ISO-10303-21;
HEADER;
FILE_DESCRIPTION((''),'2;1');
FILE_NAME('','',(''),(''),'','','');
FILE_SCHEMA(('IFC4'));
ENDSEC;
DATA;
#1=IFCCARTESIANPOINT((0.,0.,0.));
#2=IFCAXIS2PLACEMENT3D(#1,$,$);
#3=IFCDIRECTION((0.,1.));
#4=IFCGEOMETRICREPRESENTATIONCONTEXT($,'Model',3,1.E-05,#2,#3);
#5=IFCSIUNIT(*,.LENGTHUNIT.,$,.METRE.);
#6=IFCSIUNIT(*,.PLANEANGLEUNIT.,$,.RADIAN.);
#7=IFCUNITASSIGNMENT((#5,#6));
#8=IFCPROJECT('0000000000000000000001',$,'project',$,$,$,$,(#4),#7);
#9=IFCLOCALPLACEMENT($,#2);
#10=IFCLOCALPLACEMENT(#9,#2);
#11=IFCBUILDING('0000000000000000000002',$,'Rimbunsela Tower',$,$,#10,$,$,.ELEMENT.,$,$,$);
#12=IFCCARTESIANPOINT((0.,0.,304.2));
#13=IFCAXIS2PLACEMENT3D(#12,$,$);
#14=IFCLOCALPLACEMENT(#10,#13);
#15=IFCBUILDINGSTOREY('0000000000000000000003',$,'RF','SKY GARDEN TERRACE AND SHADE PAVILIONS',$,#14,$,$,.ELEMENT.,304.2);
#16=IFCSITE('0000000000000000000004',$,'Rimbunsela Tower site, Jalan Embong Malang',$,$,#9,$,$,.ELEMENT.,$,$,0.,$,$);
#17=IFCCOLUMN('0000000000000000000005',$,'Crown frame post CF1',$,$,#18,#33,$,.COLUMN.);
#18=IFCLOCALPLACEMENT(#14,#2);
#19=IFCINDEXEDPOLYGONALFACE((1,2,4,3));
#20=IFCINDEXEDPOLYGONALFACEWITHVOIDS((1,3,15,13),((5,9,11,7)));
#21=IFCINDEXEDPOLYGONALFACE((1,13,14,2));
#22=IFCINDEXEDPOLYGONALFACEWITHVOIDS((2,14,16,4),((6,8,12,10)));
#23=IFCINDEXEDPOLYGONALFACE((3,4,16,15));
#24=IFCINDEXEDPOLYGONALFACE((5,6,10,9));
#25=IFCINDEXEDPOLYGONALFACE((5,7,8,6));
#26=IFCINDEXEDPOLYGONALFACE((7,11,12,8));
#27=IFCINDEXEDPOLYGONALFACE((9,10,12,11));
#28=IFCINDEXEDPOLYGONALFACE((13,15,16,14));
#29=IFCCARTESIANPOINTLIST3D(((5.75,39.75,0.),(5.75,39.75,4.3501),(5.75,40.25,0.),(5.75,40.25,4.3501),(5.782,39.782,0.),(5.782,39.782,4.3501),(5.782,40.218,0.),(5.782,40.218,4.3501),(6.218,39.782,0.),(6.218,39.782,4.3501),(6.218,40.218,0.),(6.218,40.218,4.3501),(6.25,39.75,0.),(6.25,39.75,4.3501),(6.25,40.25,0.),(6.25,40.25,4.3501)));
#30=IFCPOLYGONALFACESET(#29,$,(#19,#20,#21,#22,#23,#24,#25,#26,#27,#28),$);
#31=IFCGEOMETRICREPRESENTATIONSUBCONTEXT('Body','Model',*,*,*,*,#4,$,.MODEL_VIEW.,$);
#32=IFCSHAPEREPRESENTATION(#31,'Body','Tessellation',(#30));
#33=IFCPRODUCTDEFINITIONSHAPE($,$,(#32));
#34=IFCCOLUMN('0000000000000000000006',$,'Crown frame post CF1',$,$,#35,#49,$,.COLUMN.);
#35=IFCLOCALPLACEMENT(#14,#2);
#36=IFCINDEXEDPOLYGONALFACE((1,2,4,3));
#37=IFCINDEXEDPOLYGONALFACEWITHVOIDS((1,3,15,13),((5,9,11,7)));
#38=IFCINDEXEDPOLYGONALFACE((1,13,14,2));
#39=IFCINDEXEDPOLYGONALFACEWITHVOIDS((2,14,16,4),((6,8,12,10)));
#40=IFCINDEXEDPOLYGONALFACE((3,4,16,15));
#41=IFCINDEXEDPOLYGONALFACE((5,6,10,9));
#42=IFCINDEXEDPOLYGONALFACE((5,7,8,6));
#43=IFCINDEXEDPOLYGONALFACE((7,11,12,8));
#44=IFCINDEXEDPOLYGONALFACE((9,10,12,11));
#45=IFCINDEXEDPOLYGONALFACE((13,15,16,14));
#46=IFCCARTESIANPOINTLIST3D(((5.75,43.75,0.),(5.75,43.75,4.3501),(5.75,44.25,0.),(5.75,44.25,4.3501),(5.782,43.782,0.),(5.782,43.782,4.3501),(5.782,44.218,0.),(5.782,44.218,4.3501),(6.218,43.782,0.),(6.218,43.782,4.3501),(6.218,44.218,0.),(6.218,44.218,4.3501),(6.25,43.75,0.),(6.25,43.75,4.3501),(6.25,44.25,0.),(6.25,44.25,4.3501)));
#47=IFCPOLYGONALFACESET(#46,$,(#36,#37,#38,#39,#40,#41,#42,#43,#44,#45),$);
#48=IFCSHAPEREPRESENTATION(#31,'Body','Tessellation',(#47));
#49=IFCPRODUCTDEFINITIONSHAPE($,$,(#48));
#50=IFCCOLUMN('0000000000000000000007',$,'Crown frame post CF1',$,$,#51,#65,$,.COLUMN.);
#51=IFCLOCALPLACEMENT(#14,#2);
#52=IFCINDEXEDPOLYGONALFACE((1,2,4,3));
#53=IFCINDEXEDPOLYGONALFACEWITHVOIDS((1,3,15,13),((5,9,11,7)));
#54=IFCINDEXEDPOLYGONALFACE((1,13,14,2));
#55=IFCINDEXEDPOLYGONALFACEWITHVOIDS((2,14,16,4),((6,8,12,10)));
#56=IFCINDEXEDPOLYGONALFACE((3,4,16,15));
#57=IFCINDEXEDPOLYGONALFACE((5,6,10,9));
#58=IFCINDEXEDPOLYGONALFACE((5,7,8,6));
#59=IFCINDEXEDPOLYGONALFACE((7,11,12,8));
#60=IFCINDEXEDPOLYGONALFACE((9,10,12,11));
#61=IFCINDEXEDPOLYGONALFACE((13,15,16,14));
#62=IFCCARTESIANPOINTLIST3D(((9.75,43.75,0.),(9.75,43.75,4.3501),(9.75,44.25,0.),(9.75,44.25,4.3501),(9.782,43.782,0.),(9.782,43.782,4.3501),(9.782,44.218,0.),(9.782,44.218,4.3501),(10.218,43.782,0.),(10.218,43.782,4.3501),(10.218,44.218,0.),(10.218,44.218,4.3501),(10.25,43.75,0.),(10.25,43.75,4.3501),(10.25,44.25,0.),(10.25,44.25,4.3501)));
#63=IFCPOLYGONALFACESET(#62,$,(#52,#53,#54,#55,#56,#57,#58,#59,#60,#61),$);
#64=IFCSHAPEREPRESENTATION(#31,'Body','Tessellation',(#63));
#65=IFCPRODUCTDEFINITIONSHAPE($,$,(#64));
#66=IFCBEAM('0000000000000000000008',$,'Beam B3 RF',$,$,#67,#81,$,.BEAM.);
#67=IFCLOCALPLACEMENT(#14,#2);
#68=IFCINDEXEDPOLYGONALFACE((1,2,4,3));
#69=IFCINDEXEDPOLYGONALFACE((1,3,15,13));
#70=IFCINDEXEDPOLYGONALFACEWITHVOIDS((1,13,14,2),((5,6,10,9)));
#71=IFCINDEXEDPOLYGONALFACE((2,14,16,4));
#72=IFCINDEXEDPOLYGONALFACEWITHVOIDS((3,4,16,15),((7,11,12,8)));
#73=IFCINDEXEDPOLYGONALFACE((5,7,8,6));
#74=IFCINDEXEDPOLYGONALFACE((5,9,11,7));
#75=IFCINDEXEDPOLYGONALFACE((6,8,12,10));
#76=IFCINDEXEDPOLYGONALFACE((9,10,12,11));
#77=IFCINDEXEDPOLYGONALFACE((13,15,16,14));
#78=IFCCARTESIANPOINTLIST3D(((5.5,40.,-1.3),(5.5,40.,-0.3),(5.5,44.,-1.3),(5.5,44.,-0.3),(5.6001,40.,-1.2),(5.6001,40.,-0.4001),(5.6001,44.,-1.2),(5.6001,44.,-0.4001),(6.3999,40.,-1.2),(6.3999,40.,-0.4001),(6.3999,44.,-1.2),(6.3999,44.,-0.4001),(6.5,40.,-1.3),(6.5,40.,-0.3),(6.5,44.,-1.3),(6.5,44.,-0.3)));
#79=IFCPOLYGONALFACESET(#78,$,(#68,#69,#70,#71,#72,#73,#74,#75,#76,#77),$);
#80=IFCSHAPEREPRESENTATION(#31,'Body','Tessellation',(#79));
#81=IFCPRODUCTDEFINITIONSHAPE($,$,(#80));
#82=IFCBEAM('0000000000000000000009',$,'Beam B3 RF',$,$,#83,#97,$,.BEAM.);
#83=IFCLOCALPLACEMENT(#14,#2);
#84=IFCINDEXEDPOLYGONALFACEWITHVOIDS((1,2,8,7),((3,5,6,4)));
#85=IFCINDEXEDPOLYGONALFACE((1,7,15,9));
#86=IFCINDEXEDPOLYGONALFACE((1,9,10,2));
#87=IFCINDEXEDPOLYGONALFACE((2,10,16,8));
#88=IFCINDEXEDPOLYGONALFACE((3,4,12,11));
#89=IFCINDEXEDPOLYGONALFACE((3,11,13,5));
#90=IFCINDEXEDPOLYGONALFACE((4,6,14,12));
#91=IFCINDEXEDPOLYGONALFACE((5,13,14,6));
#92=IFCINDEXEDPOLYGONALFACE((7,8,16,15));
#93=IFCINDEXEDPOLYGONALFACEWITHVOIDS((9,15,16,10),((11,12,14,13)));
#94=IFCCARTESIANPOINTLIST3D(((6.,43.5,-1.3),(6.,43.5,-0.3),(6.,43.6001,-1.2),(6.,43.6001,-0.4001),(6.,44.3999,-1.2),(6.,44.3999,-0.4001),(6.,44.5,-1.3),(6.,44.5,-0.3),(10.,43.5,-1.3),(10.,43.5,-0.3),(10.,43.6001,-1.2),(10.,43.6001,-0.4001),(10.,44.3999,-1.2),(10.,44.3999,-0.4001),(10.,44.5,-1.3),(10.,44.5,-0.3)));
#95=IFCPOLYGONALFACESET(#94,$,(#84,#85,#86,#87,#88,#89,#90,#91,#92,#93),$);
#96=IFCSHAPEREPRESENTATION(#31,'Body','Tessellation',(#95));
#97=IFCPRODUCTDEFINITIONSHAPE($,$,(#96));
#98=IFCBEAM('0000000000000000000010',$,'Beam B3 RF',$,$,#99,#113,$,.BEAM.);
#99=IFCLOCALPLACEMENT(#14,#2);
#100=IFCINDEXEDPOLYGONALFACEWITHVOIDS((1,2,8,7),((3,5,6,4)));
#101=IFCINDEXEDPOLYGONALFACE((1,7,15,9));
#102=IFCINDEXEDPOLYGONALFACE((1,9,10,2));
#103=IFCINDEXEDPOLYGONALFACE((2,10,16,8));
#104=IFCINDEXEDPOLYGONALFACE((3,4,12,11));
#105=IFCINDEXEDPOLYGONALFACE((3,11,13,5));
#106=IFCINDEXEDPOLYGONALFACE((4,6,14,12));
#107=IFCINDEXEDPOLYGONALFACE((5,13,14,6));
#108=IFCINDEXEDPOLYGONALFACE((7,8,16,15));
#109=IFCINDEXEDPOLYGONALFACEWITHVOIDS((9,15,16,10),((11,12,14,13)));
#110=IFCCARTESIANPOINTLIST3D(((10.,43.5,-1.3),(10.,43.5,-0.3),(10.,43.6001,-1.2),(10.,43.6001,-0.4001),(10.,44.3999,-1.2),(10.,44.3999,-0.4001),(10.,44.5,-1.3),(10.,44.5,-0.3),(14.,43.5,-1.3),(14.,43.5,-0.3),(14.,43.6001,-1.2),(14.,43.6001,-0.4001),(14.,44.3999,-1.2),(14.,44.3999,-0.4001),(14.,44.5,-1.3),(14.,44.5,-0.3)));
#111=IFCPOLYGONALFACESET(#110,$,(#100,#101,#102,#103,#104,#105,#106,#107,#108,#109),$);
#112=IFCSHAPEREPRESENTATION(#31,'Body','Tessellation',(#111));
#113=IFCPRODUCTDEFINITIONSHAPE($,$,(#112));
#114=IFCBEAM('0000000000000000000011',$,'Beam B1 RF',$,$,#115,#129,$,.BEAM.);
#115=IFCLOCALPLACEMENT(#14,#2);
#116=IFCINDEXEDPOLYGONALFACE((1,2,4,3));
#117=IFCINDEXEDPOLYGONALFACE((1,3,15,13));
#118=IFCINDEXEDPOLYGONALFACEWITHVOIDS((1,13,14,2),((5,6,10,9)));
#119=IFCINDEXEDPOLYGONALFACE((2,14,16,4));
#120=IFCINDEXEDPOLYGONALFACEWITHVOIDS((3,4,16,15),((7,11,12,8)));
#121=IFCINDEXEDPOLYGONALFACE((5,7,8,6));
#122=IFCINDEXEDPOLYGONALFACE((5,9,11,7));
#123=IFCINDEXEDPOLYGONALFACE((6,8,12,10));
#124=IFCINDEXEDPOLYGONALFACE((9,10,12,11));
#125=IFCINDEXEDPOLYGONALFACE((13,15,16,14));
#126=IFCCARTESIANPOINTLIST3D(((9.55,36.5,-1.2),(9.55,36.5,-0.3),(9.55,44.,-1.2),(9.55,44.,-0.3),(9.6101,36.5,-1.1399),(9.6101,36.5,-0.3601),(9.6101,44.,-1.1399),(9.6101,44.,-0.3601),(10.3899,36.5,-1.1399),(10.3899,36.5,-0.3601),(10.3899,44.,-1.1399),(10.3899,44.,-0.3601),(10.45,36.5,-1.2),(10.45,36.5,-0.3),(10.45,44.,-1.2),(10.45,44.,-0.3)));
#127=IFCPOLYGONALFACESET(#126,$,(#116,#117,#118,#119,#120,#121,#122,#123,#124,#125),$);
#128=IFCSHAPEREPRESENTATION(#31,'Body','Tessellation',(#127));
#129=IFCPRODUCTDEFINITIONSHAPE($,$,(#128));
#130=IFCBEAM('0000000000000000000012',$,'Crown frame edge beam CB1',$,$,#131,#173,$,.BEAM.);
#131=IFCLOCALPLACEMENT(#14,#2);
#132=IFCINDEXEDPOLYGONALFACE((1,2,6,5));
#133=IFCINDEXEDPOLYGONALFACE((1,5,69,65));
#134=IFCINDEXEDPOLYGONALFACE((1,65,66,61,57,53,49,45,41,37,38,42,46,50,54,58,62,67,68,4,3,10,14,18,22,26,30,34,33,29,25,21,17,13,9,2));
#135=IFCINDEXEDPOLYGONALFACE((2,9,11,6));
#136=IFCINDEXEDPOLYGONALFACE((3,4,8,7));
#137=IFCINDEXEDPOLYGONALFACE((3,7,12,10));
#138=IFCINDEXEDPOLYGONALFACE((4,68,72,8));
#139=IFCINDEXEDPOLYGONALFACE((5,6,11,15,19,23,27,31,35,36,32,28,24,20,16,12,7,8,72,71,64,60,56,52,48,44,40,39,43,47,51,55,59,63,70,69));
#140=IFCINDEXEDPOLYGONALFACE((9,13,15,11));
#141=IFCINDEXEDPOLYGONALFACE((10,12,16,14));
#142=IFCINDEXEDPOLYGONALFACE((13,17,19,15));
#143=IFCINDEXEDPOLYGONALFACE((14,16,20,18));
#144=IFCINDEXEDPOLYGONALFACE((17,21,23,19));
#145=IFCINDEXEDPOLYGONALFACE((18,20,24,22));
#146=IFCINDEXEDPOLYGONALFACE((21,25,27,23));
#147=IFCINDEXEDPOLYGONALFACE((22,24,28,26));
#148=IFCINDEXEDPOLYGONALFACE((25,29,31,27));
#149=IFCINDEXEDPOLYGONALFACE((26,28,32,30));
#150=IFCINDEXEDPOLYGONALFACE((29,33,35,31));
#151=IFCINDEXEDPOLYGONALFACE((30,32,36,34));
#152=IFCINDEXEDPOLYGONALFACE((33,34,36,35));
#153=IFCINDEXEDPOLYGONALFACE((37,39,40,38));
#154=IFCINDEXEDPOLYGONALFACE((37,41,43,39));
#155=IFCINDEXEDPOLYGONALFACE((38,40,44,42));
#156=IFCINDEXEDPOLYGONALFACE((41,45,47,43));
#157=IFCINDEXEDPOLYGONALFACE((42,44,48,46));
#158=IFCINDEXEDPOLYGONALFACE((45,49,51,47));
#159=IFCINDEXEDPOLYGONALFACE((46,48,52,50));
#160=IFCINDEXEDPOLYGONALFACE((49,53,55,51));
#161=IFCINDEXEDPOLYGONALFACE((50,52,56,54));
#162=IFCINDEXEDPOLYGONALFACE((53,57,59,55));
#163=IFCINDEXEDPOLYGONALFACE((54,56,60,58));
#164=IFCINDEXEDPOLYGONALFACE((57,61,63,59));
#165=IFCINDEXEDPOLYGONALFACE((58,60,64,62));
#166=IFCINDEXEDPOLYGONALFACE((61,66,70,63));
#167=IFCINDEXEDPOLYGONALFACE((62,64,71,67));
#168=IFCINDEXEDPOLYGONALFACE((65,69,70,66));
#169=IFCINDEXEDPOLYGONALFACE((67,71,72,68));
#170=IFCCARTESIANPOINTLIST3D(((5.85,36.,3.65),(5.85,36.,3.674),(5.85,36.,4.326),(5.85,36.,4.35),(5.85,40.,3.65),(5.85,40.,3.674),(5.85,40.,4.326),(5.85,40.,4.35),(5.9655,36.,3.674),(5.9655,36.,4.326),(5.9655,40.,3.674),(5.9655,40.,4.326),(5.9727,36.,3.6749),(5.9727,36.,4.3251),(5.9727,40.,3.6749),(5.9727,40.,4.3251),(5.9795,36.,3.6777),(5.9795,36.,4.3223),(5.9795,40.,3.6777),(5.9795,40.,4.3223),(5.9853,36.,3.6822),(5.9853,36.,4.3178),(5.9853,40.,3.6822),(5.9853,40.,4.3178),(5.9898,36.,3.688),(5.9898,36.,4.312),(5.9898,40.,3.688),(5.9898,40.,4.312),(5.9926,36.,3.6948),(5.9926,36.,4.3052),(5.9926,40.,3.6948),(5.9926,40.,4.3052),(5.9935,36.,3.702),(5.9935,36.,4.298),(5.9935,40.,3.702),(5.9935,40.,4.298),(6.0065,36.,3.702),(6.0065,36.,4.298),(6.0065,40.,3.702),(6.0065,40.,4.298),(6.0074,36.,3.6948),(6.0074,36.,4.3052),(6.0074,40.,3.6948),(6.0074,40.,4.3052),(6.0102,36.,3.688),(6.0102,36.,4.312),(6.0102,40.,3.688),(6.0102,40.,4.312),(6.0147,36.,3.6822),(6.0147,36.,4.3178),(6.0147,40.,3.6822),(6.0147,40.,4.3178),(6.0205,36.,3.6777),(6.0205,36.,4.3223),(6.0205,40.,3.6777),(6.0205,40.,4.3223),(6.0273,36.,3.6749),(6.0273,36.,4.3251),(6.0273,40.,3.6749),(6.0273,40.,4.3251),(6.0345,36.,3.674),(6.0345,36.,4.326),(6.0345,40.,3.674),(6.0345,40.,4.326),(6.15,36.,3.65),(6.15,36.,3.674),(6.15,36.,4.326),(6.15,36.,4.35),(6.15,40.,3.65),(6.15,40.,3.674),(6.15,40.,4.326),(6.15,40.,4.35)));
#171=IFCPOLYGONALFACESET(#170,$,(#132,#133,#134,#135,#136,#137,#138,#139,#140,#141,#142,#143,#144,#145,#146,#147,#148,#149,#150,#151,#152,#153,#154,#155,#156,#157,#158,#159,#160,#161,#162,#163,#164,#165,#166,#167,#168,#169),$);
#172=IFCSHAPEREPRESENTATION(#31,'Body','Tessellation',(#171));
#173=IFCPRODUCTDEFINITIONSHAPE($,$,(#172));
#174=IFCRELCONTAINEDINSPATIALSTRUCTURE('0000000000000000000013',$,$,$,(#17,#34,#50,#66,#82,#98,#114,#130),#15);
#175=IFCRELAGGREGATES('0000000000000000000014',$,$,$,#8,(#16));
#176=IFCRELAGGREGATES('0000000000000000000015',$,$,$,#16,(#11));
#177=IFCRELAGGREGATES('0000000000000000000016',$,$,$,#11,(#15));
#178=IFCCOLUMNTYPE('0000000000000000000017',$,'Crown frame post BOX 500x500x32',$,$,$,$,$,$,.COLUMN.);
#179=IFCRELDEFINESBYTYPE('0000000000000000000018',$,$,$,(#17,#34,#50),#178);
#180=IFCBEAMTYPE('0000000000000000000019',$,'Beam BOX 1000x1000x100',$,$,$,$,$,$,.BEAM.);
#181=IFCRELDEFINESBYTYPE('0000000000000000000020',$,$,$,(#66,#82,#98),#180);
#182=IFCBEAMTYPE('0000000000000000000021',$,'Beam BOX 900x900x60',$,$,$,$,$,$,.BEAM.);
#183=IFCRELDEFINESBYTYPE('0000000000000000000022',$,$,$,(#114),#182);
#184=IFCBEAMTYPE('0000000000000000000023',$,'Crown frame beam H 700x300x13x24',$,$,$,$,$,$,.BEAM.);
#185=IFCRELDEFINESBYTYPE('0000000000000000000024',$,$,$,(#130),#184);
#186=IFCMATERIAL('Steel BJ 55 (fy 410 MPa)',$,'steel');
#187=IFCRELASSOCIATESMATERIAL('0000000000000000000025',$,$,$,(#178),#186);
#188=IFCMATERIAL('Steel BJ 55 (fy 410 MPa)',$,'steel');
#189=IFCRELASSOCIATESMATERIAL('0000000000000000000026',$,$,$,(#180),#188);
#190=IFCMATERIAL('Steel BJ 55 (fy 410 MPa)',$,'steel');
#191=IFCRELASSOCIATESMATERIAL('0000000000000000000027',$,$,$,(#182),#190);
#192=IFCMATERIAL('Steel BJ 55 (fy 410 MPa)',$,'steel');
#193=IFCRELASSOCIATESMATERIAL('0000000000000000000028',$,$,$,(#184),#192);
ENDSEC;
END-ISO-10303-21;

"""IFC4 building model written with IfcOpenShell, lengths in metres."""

from ifc_helpers import new_model, si_unit, direction, frame, origin, origin_2d, place, context, subcontext, project, spatial, hollow_rectangle, i_section, extrude, material, material_profile, profile_set, type_object, element, save


model = new_model("IFC4")

# Units and contexts
model_context = context("Model", 3, precision=1e-05, world=origin(), true_north=direction((0.0, 1.0)))
body_context = subcontext(model_context, "Body", "Model", "MODEL_VIEW")
ifc_project = project(units=[si_unit("LENGTHUNIT", "METRE"), si_unit("PLANEANGLEUNIT", "RADIAN")], contexts=[model_context])

# Site, building, storey
site_placement = place(None, origin())
site = spatial("IfcSite", under=ifc_project, at=site_placement, Name="Rimbunsela Tower site, Jalan Embong Malang", CompositionType="ELEMENT", RefElevation=0.0)
building_placement = place(site_placement, origin())
building = spatial("IfcBuilding", under=site, at=building_placement, Name="Rimbunsela Tower", CompositionType="ELEMENT")
storey_placement = place(building_placement, frame((0.0, 0.0, 304.2)))
storey = spatial("IfcBuildingStorey", under=building, at=storey_placement, Name="RF", Description="SKY GARDEN TERRACE AND SHADE PAVILIONS", CompositionType="ELEMENT", Elevation=304.2)

# Columns
ifc_material_1 = material(Name="Steel BJ 55 (fy 410 MPa)", Category="steel")
ifc_material_profile_1 = material_profile(ifc_material_1, hollow_rectangle(XDim=0.5, YDim=0.5, WallThickness=0.032, at=origin_2d()), Name="BOX 500x500x32")
ifc_profile_set_1 = profile_set([ifc_material_profile_1], Name="Steel BJ 55 (fy 410 MPa)")
column_type = type_object("IfcColumnType", Name="Crown frame post BOX 500x500x32", PredefinedType="COLUMN", material=ifc_profile_set_1)
for number, where, z_axis, x_axis, name in (
    (1, (6.0, 40.0, 0.0), (0.0, 0.0, 1.0), (1.0, 0.0, 0.0), "Crown frame post CF1"),
    (2, (6.0, 44.0, 0.0), (0.0, 0.0, 1.0), (1.0, 0.0, 0.0), "Crown frame post CF1"),
    (3, (10.0, 44.0, 0.0), (0.0, 0.0, 1.0), (1.0, 0.0, 0.0), "Crown frame post CF1"),
):
    element("IfcColumn", number, at=place(storey_placement, frame(where, z_axis=z_axis, x_axis=x_axis)), inside=storey, type_object=column_type, Name=name, PredefinedType="COLUMN", context=body_context, shape_type="SweptSolid", body=[
        extrude(hollow_rectangle(XDim=0.5, YDim=0.5, WallThickness=0.032, at=origin_2d()), origin(), (0.0, 0.0, 1.0), 4.3501),
    ])

# Beams
ifc_material_2 = material(Name="Steel BJ 55 (fy 410 MPa)", Category="steel")
ifc_material_profile_2 = material_profile(ifc_material_2, hollow_rectangle(XDim=1.0, YDim=1.0, WallThickness=0.1001, at=origin_2d()), Name="BOX 1000x1000x100")
ifc_profile_set_2 = profile_set([ifc_material_profile_2], Name="Steel BJ 55 (fy 410 MPa)")
beam_type_1 = type_object("IfcBeamType", Name="Beam BOX 1000x1000x100", PredefinedType="BEAM", material=ifc_profile_set_2)
for number, where, z_axis, x_axis, name in (
    (4, (6.0, 40.0, -0.8), (0.0, 1.0, 0.0), (-1.0, 0.0, 0.0), "Beam B3 RF"),
    (5, (6.0, 44.0, -0.8), (1.0, 0.0, 0.0), (0.0, 1.0, 0.0), "Beam B3 RF"),
    (6, (10.0, 44.0, -0.8), (1.0, 0.0, 0.0), (0.0, 1.0, 0.0), "Beam B3 RF"),
):
    element("IfcBeam", number, at=place(storey_placement, frame(where, z_axis=z_axis, x_axis=x_axis)), inside=storey, type_object=beam_type_1, Name=name, PredefinedType="BEAM", context=body_context, shape_type="SweptSolid", body=[
        extrude(hollow_rectangle(XDim=1.0, YDim=1.0, WallThickness=0.1001, at=origin_2d()), origin(), (0.0, 0.0, 1.0), 4.0),
    ])
ifc_material_3 = material(Name="Steel BJ 55 (fy 410 MPa)", Category="steel")
ifc_material_profile_3 = material_profile(ifc_material_3, hollow_rectangle(XDim=0.8999, YDim=0.8999, WallThickness=0.0601, at=origin_2d()), Name="BOX 900x900x60")
ifc_profile_set_3 = profile_set([ifc_material_profile_3], Name="Steel BJ 55 (fy 410 MPa)")
beam_type_2 = type_object("IfcBeamType", Name="Beam BOX 900x900x60", PredefinedType="BEAM", material=ifc_profile_set_3)
beam_1_placement = place(storey_placement, frame((10.0, 36.5, -0.75), z_axis=(0.0, 1.0, 0.0), x_axis=(-1.0, 0.0, 0.0)))
element("IfcBeam", 7, at=beam_1_placement, inside=storey, type_object=beam_type_2, Name="Beam B1 RF", PredefinedType="BEAM", context=body_context, shape_type="SweptSolid", body=[
    extrude(hollow_rectangle(XDim=0.8999, YDim=0.8999, WallThickness=0.0601, at=origin_2d()), origin(), (0.0, 0.0, 1.0), 7.5),
])
ifc_material_4 = material(Name="Steel BJ 55 (fy 410 MPa)", Category="steel")
ifc_material_profile_4 = material_profile(ifc_material_4, i_section(OverallWidth=0.3, OverallDepth=0.7, WebThickness=0.0129, FlangeThickness=0.0239, FilletRadius=0.0281, at=origin_2d()), Name="H 700x300x13x24")
ifc_profile_set_4 = profile_set([ifc_material_profile_4], Name="Steel BJ 55 (fy 410 MPa)")
beam_type_3 = type_object("IfcBeamType", Name="Crown frame beam H 700x300x13x24", PredefinedType="BEAM", material=ifc_profile_set_4)
for number, where, z_axis, x_axis, name in (
    (8, (6.0, 36.0, 4.0), (0.0, 1.0, 0.0), (-1.0, 0.0, 0.0), "Crown frame edge beam CB1"),
):
    element("IfcBeam", number, at=place(storey_placement, frame(where, z_axis=z_axis, x_axis=x_axis)), inside=storey, type_object=beam_type_3, Name=name, PredefinedType="BEAM", context=body_context, shape_type="SweptSolid", body=[
        extrude(i_section(OverallWidth=0.3, OverallDepth=0.7, WebThickness=0.0129, FlangeThickness=0.0239, FilletRadius=0.0281, at=origin_2d()), origin(), (0.0, 0.0, 1.0), 4.0),
    ])

save(model, "model.ifc")
